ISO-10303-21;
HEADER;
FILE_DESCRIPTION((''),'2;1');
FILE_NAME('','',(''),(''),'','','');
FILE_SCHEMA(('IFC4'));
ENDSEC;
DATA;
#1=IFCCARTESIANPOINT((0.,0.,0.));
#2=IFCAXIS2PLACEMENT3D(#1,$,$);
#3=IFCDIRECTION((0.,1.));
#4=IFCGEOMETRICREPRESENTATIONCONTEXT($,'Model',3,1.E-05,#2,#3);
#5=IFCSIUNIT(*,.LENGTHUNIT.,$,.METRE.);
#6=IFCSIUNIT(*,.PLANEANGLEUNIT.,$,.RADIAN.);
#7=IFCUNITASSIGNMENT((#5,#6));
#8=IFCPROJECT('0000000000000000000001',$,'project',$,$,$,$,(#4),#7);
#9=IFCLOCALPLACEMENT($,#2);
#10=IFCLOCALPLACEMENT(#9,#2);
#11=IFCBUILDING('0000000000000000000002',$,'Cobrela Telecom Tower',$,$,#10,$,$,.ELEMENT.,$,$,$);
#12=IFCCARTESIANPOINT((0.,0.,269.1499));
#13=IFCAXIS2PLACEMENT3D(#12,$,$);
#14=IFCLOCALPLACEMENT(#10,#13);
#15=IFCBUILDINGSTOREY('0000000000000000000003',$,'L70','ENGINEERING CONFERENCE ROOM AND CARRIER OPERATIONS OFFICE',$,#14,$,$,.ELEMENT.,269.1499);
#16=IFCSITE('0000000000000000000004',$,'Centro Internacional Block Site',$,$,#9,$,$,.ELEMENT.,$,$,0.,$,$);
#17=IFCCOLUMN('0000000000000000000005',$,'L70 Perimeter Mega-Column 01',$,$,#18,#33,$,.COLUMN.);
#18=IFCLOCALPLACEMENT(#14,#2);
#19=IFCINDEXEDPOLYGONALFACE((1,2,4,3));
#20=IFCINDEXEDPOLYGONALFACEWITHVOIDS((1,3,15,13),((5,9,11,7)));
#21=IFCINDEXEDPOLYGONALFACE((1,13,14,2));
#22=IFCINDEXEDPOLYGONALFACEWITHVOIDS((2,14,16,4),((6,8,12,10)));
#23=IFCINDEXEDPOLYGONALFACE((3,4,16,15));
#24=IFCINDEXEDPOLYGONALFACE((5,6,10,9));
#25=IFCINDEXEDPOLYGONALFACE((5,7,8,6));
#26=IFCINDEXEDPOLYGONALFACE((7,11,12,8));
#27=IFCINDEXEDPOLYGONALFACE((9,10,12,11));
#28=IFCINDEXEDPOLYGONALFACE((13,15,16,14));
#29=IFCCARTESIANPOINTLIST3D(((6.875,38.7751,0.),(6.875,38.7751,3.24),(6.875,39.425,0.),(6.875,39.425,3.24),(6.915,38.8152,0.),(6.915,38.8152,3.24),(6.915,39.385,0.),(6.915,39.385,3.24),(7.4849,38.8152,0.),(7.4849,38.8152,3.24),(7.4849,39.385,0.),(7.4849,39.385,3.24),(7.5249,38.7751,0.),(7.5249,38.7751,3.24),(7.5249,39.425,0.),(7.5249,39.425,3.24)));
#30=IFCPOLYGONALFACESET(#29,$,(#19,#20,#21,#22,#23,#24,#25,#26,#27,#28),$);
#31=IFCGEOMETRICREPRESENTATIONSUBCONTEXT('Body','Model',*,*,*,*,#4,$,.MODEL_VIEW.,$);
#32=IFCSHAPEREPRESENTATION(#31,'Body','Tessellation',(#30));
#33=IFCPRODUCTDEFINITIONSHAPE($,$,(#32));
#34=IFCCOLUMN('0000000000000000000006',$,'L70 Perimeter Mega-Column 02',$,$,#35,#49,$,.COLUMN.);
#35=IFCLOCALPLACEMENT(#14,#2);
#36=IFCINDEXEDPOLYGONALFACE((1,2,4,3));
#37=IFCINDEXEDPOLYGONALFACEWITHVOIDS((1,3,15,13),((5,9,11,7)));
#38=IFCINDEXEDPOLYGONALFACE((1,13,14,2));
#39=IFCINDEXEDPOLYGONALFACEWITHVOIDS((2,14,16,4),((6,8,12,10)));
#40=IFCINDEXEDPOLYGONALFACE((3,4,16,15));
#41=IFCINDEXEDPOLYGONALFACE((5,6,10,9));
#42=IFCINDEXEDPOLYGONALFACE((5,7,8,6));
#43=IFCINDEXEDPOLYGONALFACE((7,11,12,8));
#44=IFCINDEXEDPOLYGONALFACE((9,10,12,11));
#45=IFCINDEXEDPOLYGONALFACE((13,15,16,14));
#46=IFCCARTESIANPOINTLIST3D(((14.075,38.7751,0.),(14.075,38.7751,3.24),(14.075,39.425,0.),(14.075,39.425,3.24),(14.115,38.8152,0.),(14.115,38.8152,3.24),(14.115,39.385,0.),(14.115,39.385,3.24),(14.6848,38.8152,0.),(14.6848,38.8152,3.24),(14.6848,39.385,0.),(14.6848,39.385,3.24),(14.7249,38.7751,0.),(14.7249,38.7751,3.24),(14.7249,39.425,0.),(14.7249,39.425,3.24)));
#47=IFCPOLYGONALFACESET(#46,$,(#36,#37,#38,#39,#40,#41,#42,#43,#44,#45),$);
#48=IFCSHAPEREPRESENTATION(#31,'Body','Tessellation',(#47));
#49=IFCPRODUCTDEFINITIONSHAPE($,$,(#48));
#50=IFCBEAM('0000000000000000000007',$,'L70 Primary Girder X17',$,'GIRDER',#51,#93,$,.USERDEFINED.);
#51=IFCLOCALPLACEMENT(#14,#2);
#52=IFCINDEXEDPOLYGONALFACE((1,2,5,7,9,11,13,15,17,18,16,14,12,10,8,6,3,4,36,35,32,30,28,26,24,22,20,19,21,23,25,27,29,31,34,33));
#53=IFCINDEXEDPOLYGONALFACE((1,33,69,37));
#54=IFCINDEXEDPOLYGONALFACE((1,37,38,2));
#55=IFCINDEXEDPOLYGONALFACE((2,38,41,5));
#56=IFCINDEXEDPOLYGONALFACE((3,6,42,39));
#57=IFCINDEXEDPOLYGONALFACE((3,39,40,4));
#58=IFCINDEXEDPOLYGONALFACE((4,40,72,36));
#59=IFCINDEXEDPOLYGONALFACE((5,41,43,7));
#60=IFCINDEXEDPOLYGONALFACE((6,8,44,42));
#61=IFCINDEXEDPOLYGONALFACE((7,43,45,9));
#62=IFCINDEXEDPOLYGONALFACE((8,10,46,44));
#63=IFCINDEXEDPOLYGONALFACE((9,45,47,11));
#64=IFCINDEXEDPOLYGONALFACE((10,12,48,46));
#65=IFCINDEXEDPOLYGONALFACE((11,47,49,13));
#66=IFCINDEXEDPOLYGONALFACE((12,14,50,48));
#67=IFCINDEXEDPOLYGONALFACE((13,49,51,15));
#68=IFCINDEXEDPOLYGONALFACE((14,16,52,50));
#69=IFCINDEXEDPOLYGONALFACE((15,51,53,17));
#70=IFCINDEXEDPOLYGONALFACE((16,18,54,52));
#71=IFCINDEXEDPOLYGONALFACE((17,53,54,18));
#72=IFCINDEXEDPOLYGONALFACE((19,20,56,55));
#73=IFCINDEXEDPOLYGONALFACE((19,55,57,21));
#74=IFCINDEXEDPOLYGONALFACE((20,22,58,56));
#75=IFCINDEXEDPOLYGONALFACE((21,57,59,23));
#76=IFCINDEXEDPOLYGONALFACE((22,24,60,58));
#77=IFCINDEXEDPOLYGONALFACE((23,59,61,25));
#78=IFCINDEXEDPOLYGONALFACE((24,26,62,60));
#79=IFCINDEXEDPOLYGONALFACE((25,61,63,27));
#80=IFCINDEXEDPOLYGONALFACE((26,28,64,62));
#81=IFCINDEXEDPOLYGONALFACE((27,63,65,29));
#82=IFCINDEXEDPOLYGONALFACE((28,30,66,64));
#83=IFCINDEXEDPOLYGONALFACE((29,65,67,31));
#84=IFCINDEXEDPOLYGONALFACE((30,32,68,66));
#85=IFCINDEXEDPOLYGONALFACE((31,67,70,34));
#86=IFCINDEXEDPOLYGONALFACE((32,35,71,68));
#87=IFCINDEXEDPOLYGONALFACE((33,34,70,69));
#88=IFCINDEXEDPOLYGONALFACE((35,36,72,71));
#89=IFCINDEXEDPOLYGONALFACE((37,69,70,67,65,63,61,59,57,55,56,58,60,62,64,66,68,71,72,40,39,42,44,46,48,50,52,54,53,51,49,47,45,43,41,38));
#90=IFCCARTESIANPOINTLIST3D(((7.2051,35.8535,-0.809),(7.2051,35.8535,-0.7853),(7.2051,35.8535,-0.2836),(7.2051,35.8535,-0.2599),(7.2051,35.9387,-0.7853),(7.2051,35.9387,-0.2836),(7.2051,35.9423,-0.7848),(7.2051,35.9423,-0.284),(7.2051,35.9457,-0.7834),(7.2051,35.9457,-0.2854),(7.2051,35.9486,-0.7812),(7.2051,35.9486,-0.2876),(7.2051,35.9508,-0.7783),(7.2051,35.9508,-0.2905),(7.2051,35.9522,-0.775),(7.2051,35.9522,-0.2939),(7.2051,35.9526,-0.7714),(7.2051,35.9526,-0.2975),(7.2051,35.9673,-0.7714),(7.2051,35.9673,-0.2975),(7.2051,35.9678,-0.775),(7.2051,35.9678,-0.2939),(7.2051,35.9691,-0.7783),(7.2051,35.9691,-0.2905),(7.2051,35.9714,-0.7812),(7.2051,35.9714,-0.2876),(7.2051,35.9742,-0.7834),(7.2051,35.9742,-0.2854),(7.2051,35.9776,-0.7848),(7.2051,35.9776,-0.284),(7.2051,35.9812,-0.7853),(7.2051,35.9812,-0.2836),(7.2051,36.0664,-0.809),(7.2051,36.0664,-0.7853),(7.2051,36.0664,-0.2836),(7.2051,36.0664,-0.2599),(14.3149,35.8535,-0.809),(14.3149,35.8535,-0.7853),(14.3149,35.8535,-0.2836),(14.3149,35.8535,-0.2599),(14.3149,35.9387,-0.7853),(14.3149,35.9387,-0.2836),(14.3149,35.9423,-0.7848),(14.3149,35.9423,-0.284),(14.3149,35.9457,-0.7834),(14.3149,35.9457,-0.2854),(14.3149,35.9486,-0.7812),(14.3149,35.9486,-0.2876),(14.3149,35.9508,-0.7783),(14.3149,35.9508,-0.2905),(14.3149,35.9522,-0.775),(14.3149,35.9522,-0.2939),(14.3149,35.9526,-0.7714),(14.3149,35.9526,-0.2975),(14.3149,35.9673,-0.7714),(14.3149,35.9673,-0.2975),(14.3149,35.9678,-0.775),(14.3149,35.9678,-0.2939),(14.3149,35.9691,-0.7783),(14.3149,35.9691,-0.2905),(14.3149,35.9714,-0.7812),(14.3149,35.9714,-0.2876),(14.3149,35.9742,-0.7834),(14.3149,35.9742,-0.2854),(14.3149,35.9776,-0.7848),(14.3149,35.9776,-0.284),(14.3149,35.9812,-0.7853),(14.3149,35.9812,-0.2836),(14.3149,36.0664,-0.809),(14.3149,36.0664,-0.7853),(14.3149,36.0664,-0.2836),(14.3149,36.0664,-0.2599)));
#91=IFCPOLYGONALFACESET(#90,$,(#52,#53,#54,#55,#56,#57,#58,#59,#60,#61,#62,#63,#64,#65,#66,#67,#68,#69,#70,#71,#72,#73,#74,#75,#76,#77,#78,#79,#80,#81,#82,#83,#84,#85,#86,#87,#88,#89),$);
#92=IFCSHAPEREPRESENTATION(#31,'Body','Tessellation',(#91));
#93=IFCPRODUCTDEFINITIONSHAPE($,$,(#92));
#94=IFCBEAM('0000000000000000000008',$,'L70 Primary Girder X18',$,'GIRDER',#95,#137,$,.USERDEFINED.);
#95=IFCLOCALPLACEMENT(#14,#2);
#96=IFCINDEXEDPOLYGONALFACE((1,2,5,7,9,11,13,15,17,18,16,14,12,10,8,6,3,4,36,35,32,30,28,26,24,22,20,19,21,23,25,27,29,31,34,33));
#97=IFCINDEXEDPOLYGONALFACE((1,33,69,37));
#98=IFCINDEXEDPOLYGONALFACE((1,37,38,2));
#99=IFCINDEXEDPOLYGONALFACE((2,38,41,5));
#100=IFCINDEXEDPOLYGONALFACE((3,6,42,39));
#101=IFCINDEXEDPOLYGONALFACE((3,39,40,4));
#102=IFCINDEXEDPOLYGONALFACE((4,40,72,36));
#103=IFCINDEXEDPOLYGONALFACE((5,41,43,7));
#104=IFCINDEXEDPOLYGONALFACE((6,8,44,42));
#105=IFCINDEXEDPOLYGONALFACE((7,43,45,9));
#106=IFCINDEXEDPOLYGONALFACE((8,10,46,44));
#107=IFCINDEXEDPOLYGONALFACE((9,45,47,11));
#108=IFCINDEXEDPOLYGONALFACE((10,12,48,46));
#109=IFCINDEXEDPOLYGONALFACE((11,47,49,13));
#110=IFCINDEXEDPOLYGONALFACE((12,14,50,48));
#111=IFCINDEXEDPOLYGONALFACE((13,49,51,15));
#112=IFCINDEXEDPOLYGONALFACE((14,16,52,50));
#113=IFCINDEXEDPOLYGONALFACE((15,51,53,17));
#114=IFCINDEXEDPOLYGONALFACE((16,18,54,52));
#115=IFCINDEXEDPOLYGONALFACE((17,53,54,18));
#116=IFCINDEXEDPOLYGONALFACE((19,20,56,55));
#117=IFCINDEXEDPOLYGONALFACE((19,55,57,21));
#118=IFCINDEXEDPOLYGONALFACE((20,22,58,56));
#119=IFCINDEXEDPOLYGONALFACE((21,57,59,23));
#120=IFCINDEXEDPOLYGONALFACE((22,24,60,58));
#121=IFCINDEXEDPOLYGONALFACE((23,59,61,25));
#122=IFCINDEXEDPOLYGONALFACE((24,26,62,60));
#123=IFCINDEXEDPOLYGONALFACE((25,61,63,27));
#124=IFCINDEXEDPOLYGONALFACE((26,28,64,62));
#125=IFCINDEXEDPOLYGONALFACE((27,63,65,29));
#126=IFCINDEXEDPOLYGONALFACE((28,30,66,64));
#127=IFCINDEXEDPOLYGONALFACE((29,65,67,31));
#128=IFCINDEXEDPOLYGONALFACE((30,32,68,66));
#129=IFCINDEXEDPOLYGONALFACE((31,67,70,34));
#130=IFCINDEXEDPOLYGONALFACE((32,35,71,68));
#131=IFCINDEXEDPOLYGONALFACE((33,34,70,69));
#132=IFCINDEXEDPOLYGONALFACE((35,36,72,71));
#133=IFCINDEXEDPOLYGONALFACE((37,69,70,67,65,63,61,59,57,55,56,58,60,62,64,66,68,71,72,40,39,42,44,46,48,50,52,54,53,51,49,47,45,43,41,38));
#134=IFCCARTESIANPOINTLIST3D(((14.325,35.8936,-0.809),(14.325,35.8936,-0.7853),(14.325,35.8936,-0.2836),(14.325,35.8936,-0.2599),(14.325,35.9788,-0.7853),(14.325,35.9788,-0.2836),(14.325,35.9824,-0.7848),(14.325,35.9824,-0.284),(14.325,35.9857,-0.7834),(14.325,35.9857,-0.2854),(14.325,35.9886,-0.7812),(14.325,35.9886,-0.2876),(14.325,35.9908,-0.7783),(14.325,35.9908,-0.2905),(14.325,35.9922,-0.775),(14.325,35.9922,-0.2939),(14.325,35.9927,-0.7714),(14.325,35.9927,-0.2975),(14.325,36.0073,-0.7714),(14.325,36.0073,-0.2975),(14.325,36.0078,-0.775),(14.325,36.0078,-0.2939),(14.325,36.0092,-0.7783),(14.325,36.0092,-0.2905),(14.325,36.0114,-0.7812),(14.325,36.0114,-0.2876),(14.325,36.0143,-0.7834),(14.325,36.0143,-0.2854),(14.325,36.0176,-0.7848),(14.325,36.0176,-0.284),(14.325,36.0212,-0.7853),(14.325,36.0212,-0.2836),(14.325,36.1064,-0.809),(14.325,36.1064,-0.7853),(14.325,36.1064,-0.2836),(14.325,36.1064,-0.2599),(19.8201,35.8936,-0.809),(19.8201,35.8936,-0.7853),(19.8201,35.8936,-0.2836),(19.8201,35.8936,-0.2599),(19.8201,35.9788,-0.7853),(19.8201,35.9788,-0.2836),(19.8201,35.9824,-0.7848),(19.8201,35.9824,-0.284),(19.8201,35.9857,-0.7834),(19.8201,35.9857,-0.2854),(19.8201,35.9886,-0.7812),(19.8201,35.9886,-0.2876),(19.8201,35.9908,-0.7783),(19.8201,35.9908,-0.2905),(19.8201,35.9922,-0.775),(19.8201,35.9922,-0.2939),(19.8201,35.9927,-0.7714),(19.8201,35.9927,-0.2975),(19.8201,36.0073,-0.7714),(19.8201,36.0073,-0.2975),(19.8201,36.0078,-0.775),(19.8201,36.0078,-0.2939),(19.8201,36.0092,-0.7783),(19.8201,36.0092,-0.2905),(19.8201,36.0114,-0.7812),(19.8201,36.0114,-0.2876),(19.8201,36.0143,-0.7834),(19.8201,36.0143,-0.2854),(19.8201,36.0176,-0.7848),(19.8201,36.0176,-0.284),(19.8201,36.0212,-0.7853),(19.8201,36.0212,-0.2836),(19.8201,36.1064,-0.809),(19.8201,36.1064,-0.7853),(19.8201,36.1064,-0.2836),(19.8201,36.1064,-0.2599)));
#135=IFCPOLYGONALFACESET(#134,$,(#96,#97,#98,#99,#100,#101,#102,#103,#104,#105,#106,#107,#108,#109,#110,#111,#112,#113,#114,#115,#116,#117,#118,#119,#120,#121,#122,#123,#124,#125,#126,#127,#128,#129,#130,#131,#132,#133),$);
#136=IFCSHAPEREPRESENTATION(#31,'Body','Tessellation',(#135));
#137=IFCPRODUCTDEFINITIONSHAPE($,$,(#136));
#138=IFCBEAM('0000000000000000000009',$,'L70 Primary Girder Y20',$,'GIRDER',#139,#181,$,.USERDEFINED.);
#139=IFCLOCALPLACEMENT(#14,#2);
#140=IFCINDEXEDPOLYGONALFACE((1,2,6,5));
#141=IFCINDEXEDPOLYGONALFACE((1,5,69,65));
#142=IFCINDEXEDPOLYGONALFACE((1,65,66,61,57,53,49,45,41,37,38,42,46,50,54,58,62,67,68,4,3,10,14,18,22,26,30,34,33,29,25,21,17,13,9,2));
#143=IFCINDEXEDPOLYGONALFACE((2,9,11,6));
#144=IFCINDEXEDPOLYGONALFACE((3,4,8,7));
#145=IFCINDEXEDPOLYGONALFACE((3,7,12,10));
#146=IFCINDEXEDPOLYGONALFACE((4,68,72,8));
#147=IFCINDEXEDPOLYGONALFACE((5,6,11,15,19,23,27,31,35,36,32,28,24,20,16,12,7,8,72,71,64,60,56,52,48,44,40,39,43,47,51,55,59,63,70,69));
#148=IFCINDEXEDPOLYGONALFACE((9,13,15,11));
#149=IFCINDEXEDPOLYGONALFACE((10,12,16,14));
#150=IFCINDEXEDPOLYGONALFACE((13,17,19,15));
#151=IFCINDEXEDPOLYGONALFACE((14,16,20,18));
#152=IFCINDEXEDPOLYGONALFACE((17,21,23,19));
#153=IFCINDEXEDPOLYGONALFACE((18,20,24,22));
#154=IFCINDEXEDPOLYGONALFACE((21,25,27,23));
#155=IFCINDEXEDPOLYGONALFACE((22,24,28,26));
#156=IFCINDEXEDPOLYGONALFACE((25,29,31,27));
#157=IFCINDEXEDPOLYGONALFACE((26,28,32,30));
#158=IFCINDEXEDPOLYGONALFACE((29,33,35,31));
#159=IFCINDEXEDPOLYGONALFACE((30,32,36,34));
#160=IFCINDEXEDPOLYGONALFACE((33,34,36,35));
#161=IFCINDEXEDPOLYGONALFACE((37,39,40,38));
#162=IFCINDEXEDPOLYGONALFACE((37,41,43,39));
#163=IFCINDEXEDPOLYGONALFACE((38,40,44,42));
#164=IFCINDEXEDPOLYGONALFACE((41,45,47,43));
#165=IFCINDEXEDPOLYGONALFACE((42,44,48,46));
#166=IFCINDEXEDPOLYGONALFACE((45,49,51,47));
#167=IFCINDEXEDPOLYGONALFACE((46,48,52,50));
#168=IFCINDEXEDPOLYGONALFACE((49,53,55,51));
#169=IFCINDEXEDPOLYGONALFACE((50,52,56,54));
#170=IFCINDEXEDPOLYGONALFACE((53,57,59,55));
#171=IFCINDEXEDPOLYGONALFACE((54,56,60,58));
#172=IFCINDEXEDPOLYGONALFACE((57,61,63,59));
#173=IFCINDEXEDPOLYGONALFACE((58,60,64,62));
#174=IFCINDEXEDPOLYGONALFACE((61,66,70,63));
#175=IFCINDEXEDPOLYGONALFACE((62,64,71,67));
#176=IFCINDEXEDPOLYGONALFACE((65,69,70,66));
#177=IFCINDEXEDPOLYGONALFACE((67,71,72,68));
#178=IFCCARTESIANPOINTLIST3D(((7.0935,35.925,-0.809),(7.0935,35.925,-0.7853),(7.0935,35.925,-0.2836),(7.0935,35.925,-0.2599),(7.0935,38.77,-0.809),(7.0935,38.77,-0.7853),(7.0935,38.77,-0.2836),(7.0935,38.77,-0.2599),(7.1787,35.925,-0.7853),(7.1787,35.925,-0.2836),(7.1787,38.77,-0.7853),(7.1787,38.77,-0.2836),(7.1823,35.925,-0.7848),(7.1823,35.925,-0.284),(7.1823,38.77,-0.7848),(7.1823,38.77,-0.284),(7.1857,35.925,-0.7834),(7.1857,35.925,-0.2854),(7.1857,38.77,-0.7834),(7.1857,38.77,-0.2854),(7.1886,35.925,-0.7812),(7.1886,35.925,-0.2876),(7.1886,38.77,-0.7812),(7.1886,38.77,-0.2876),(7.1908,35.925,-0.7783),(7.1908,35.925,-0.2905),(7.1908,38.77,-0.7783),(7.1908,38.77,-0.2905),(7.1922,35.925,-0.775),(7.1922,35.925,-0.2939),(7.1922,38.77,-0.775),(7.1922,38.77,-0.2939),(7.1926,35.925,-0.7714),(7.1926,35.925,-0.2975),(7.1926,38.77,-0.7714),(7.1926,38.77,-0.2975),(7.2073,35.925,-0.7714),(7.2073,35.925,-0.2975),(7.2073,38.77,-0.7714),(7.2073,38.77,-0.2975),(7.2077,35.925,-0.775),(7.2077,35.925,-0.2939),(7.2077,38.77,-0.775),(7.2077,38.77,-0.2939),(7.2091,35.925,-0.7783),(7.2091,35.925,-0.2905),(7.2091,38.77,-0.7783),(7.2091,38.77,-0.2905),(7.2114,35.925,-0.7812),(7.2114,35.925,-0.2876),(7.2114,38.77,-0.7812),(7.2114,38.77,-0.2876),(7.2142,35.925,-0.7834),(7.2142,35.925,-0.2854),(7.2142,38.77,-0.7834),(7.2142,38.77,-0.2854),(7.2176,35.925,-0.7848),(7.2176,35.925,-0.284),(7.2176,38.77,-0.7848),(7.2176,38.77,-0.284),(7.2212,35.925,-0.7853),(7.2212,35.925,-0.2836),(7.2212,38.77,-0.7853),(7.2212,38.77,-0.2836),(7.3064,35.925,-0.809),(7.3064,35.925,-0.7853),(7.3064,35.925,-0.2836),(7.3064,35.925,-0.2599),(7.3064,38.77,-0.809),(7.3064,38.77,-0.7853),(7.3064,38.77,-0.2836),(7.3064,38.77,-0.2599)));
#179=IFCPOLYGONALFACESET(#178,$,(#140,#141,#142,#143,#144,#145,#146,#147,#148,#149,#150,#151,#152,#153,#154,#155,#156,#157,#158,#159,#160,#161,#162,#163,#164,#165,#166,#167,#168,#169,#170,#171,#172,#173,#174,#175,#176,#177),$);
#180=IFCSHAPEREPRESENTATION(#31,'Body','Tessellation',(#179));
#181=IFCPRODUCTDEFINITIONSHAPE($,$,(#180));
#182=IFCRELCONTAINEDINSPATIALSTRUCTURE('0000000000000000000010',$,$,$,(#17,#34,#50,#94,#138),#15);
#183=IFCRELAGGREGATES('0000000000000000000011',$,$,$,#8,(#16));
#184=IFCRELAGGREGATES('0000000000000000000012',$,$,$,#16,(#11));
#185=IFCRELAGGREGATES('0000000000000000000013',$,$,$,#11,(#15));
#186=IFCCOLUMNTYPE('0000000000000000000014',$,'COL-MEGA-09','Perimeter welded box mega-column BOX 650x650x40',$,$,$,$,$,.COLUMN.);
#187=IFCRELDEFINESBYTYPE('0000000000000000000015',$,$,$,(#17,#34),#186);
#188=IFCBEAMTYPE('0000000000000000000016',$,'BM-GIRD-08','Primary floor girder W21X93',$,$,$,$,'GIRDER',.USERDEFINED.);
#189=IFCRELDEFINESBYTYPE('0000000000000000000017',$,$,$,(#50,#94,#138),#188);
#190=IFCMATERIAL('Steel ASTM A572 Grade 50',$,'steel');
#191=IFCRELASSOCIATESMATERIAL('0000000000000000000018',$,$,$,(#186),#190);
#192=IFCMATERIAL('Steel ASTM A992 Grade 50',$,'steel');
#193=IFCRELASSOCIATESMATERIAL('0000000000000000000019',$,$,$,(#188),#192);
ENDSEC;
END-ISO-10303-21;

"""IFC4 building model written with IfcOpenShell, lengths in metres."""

from ifc_helpers import new_model, si_unit, direction, frame, origin, origin_2d, place, context, subcontext, project, spatial, hollow_rectangle, i_section, extrude, material, material_profile, profile_set, type_object, element, save


model = new_model("IFC4")

# Units and contexts
model_context = context("Model", 3, precision=1e-05, world=origin(), true_north=direction((0.0, 1.0)))
body_context = subcontext(model_context, "Body", "Model", "MODEL_VIEW")
ifc_project = project(units=[si_unit("LENGTHUNIT", "METRE"), si_unit("PLANEANGLEUNIT", "RADIAN")], contexts=[model_context])

# Site, building, storey
site_placement = place(None, origin())
site = spatial("IfcSite", under=ifc_project, at=site_placement, Name="Centro Internacional Block Site", CompositionType="ELEMENT", RefElevation=0.0)
building_placement = place(site_placement, origin())
building = spatial("IfcBuilding", under=site, at=building_placement, Name="Cobrela Telecom Tower", CompositionType="ELEMENT")
storey_placement = place(building_placement, frame((0.0, 0.0, 269.1499)))
storey = spatial("IfcBuildingStorey", under=building, at=storey_placement, Name="L70", Description="ENGINEERING CONFERENCE ROOM AND CARRIER OPERATIONS OFFICE", CompositionType="ELEMENT", Elevation=269.1499)

# Columns
ifc_material_1 = material(Name="Steel ASTM A572 Grade 50", Category="steel")
ifc_material_profile_1 = material_profile(ifc_material_1, hollow_rectangle(XDim=0.6499, YDim=0.6499, WallThickness=0.04, at=origin_2d()), Name="BOX 650x650x40")
ifc_profile_set_1 = profile_set([ifc_material_profile_1], Name="Steel ASTM A572 Grade 50")
column_type = type_object("IfcColumnType", Name="COL-MEGA-09", Description="Perimeter welded box mega-column BOX 650x650x40", PredefinedType="COLUMN", material=ifc_profile_set_1)
for number, where, z_axis, x_axis, name in (
    (1, (7.2, 39.1001, 0.0), (0.0, 0.0, 1.0), (1.0, 0.0, 0.0), "L70 Perimeter Mega-Column 01"),
    (2, (14.3999, 39.1001, 0.0), (0.0, 0.0, 1.0), (1.0, 0.0, 0.0), "L70 Perimeter Mega-Column 02"),
):
    element("IfcColumn", number, at=place(storey_placement, frame(where, z_axis=z_axis, x_axis=x_axis)), inside=storey, type_object=column_type, Name=name, PredefinedType="COLUMN", context=body_context, shape_type="SweptSolid", body=[
        extrude(hollow_rectangle(XDim=0.6499, YDim=0.6499, WallThickness=0.04, at=origin_2d()), origin(), (0.0, 0.0, 1.0), 3.24),
    ])

# Beams
ifc_material_2 = material(Name="Steel ASTM A992 Grade 50", Category="steel")
ifc_material_profile_2 = material_profile(ifc_material_2, i_section(OverallWidth=0.2129, OverallDepth=0.5491, WebThickness=0.0146, FlangeThickness=0.0237, FilletRadius=0.0139, at=origin_2d()), Name="W21X93")
ifc_profile_set_2 = profile_set([ifc_material_profile_2], Name="Steel ASTM A992 Grade 50")
beam_type_1 = type_object("IfcBeamType", Name="BM-GIRD-08", Description="Primary floor girder W21X93", ElementType="GIRDER", PredefinedType="USERDEFINED", material=ifc_profile_set_2)
beam_1_placement = place(storey_placement, frame((7.2051, 35.96, -0.5344), z_axis=(1.0, 0.0, 0.0), x_axis=(0.0, 1.0, 0.0)))
element("IfcBeam", 3, at=beam_1_placement, inside=storey, type_object=beam_type_1, Name="L70 Primary Girder X17", ObjectType="GIRDER", PredefinedType="USERDEFINED", context=body_context, shape_type="SweptSolid", body=[
    extrude(i_section(OverallWidth=0.2129, OverallDepth=0.5491, WebThickness=0.0146, FlangeThickness=0.0237, FilletRadius=0.0139, at=origin_2d()), origin(), (0.0, 0.0, 1.0), 7.1099),
])
beam_2_placement = place(storey_placement, frame((14.325, 36.0, -0.5344), z_axis=(1.0, 0.0, 0.0), x_axis=(0.0, 1.0, 0.0)))
element("IfcBeam", 4, at=beam_2_placement, inside=storey, type_object=beam_type_1, Name="L70 Primary Girder X18", ObjectType="GIRDER", PredefinedType="USERDEFINED", context=body_context, shape_type="SweptSolid", body=[
    extrude(i_section(OverallWidth=0.2129, OverallDepth=0.5491, WebThickness=0.0146, FlangeThickness=0.0237, FilletRadius=0.0139, at=origin_2d()), origin(), (0.0, 0.0, 1.0), 5.4951),
])
for number, where, z_axis, x_axis, name in (
    (5, (7.2, 35.925, -0.5344), (0.0, 1.0, 0.0), (-1.0, 0.0, 0.0), "L70 Primary Girder Y20"),
):
    element("IfcBeam", number, at=place(storey_placement, frame(where, z_axis=z_axis, x_axis=x_axis)), inside=storey, type_object=beam_type_1, Name=name, ObjectType="GIRDER", PredefinedType="USERDEFINED", context=body_context, shape_type="SweptSolid", body=[
        extrude(i_section(OverallWidth=0.2129, OverallDepth=0.5491, WebThickness=0.0146, FlangeThickness=0.0237, FilletRadius=0.0139, at=origin_2d()), origin(), (0.0, 0.0, 1.0), 2.845),
    ])

save(model, "model.ifc")
